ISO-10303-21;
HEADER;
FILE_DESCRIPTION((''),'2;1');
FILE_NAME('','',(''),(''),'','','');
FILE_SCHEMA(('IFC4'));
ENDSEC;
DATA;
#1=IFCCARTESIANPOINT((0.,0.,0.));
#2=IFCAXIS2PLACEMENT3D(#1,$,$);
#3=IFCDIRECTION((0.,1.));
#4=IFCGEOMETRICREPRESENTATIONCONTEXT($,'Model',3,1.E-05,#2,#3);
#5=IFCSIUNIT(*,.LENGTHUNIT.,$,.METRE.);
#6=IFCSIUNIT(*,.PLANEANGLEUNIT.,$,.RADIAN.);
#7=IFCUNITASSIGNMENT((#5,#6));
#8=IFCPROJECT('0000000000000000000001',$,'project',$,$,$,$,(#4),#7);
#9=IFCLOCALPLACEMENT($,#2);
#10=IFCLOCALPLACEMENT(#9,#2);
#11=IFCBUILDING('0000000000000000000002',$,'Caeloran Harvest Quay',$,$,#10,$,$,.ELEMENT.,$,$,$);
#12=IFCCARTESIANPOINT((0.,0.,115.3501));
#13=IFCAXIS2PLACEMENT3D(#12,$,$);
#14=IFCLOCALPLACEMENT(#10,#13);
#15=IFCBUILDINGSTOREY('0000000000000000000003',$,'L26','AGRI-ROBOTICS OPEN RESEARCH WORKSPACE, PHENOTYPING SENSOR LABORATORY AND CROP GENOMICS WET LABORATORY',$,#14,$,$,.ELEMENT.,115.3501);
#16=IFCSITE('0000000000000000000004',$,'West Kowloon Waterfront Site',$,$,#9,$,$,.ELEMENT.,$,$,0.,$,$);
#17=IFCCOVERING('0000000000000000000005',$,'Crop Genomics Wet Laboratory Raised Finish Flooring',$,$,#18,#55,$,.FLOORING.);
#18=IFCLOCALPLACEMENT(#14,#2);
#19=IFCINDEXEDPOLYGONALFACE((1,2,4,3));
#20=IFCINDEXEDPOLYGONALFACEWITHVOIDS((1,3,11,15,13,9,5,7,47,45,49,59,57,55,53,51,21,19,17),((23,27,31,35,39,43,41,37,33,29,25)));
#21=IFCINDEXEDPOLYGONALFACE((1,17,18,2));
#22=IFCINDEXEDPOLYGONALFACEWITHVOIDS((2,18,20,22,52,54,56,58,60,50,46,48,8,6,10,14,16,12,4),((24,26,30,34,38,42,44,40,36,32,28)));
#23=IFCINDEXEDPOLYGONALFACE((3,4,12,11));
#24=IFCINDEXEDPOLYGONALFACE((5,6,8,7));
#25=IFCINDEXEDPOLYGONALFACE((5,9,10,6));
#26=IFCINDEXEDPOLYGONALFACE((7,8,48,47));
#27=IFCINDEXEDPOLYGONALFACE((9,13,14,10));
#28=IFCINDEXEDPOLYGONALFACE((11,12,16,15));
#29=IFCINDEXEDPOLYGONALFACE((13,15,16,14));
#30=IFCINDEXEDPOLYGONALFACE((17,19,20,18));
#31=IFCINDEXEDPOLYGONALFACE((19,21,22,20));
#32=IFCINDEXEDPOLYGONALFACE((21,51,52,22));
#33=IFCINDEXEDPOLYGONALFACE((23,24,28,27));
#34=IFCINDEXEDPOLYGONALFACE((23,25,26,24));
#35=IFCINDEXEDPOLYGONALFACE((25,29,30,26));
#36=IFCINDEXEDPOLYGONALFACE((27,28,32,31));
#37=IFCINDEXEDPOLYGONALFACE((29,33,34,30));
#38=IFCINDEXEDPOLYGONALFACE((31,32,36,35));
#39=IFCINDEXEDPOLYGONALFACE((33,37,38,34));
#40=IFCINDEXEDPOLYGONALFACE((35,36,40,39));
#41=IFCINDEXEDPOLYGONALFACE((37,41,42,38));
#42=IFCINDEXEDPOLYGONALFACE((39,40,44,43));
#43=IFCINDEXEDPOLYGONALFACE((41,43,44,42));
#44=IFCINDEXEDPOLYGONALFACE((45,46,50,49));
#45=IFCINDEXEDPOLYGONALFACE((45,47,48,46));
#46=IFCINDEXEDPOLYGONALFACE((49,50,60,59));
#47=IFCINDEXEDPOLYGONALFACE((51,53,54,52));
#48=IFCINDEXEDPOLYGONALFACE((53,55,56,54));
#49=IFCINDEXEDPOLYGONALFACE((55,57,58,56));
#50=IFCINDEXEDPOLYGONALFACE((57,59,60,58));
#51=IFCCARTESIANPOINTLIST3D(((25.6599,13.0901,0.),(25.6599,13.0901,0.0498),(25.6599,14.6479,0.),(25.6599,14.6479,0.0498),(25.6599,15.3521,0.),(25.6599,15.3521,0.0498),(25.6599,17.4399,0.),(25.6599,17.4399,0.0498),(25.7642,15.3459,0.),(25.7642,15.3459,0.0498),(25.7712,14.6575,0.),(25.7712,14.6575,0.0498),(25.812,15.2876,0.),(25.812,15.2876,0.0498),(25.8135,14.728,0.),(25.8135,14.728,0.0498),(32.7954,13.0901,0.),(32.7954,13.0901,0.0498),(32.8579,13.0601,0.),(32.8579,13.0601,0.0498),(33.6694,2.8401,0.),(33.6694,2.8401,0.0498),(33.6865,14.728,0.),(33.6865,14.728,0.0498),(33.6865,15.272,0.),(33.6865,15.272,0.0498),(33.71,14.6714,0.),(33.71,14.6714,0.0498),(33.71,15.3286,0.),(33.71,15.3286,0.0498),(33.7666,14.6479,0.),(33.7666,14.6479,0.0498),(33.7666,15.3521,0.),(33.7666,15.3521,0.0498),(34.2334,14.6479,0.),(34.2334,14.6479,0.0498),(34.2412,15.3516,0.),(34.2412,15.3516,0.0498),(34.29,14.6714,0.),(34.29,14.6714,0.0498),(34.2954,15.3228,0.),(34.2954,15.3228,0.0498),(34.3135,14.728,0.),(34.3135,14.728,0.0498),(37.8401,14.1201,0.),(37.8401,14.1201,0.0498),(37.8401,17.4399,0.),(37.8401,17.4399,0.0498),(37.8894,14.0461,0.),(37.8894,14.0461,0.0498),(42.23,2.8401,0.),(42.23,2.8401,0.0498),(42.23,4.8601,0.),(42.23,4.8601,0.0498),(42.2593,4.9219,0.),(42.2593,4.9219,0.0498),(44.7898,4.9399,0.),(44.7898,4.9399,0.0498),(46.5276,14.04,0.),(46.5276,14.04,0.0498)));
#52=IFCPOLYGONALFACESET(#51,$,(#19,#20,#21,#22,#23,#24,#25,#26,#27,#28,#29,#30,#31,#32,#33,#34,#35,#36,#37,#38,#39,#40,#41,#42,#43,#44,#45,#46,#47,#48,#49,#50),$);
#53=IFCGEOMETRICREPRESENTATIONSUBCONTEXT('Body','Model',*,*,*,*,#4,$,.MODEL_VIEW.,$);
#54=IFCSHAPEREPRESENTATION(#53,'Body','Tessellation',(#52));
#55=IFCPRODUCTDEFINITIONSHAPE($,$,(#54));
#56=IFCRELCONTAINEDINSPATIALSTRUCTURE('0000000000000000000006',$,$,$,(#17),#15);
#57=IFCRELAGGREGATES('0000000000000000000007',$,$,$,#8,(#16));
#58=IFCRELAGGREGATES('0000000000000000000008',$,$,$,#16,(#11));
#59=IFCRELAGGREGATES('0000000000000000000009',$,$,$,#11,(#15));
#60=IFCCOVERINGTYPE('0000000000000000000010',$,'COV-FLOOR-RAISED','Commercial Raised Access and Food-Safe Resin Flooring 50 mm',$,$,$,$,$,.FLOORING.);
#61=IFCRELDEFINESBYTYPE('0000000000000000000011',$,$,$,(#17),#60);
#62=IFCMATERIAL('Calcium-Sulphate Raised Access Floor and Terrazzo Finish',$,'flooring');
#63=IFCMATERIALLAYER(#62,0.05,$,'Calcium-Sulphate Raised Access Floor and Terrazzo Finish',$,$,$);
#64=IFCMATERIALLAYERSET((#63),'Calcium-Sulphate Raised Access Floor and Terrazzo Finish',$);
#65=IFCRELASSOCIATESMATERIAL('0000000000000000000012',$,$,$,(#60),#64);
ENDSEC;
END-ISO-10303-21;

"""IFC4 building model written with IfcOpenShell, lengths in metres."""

from ifc_helpers import new_model, si_unit, direction, frame, origin, place, context, subcontext, project, spatial, polyline, outline, extrude, material, layer, layer_set, type_object, element, save


model = new_model("IFC4")

# Units and contexts
model_context = context("Model", 3, precision=1e-05, world=origin(), true_north=direction((0.0, 1.0)))
body_context = subcontext(model_context, "Body", "Model", "MODEL_VIEW")
ifc_project = project(units=[si_unit("LENGTHUNIT", "METRE"), si_unit("PLANEANGLEUNIT", "RADIAN")], contexts=[model_context])

# Site, building, storey
site_placement = place(None, origin())
site = spatial("IfcSite", under=ifc_project, at=site_placement, Name="West Kowloon Waterfront Site", CompositionType="ELEMENT", RefElevation=0.0)
building_placement = place(site_placement, origin())
building = spatial("IfcBuilding", under=site, at=building_placement, Name="Caeloran Harvest Quay", CompositionType="ELEMENT")
storey_placement = place(building_placement, frame((0.0, 0.0, 115.3501)))
storey = spatial("IfcBuildingStorey", under=building, at=storey_placement, Name="L26", Description="AGRI-ROBOTICS OPEN RESEARCH WORKSPACE, PHENOTYPING SENSOR LABORATORY AND CROP GENOMICS WET LABORATORY", CompositionType="ELEMENT", Elevation=115.3501)

# Covering
ifc_material_1 = material(Name="Calcium-Sulphate Raised Access Floor and Terrazzo Finish", Category="flooring")
ifc_layer_1 = layer(ifc_material_1, 0.05, Name="Calcium-Sulphate Raised Access Floor and Terrazzo Finish")
ifc_layer_set_1 = layer_set([ifc_layer_1], Name="Calcium-Sulphate Raised Access Floor and Terrazzo Finish")
covering_type_1 = type_object("IfcCoveringType", Name="COV-FLOOR-RAISED", Description="Commercial Raised Access and Food-Safe Resin Flooring 50 mm", PredefinedType="FLOORING", material=ifc_layer_set_1)
covering_1_placement = place(storey_placement, origin())
element("IfcCovering", 1, at=covering_1_placement, inside=storey, type_object=covering_type_1, Name="Crop Genomics Wet Laboratory Raised Finish Flooring", PredefinedType="FLOORING", context=body_context, shape_type="SweptSolid", body=[
    extrude(outline(polyline([(25.6599, 13.0901), (25.6599, 14.6479), (25.7712, 14.6575), (25.8135, 14.728), (25.812, 15.2876), (25.7642, 15.3459), (25.6599, 15.3521), (25.6599, 17.4399), (37.8401, 17.4399), (37.8401, 14.1201), (37.8894, 14.0461), (46.5276, 14.04), (44.7898, 4.9399), (42.2593, 4.9219), (42.23, 4.8601), (42.23, 2.8401), (33.6694, 2.8401), (32.8579, 13.0601), (32.7954, 13.0901), (25.6599, 13.0901)]), holes=[polyline([(34.3135, 14.728), (34.2954, 15.3228), (34.2412, 15.3516), (33.7666, 15.3521), (33.71, 15.3286), (33.6865, 15.272), (33.6865, 14.728), (33.71, 14.6714), (33.7666, 14.6479), (34.2334, 14.6479), (34.29, 14.6714), (34.3135, 14.728)])]), origin(), (0.0, 0.0, 1.0), 0.0498),
])

save(model, "model.ifc")
